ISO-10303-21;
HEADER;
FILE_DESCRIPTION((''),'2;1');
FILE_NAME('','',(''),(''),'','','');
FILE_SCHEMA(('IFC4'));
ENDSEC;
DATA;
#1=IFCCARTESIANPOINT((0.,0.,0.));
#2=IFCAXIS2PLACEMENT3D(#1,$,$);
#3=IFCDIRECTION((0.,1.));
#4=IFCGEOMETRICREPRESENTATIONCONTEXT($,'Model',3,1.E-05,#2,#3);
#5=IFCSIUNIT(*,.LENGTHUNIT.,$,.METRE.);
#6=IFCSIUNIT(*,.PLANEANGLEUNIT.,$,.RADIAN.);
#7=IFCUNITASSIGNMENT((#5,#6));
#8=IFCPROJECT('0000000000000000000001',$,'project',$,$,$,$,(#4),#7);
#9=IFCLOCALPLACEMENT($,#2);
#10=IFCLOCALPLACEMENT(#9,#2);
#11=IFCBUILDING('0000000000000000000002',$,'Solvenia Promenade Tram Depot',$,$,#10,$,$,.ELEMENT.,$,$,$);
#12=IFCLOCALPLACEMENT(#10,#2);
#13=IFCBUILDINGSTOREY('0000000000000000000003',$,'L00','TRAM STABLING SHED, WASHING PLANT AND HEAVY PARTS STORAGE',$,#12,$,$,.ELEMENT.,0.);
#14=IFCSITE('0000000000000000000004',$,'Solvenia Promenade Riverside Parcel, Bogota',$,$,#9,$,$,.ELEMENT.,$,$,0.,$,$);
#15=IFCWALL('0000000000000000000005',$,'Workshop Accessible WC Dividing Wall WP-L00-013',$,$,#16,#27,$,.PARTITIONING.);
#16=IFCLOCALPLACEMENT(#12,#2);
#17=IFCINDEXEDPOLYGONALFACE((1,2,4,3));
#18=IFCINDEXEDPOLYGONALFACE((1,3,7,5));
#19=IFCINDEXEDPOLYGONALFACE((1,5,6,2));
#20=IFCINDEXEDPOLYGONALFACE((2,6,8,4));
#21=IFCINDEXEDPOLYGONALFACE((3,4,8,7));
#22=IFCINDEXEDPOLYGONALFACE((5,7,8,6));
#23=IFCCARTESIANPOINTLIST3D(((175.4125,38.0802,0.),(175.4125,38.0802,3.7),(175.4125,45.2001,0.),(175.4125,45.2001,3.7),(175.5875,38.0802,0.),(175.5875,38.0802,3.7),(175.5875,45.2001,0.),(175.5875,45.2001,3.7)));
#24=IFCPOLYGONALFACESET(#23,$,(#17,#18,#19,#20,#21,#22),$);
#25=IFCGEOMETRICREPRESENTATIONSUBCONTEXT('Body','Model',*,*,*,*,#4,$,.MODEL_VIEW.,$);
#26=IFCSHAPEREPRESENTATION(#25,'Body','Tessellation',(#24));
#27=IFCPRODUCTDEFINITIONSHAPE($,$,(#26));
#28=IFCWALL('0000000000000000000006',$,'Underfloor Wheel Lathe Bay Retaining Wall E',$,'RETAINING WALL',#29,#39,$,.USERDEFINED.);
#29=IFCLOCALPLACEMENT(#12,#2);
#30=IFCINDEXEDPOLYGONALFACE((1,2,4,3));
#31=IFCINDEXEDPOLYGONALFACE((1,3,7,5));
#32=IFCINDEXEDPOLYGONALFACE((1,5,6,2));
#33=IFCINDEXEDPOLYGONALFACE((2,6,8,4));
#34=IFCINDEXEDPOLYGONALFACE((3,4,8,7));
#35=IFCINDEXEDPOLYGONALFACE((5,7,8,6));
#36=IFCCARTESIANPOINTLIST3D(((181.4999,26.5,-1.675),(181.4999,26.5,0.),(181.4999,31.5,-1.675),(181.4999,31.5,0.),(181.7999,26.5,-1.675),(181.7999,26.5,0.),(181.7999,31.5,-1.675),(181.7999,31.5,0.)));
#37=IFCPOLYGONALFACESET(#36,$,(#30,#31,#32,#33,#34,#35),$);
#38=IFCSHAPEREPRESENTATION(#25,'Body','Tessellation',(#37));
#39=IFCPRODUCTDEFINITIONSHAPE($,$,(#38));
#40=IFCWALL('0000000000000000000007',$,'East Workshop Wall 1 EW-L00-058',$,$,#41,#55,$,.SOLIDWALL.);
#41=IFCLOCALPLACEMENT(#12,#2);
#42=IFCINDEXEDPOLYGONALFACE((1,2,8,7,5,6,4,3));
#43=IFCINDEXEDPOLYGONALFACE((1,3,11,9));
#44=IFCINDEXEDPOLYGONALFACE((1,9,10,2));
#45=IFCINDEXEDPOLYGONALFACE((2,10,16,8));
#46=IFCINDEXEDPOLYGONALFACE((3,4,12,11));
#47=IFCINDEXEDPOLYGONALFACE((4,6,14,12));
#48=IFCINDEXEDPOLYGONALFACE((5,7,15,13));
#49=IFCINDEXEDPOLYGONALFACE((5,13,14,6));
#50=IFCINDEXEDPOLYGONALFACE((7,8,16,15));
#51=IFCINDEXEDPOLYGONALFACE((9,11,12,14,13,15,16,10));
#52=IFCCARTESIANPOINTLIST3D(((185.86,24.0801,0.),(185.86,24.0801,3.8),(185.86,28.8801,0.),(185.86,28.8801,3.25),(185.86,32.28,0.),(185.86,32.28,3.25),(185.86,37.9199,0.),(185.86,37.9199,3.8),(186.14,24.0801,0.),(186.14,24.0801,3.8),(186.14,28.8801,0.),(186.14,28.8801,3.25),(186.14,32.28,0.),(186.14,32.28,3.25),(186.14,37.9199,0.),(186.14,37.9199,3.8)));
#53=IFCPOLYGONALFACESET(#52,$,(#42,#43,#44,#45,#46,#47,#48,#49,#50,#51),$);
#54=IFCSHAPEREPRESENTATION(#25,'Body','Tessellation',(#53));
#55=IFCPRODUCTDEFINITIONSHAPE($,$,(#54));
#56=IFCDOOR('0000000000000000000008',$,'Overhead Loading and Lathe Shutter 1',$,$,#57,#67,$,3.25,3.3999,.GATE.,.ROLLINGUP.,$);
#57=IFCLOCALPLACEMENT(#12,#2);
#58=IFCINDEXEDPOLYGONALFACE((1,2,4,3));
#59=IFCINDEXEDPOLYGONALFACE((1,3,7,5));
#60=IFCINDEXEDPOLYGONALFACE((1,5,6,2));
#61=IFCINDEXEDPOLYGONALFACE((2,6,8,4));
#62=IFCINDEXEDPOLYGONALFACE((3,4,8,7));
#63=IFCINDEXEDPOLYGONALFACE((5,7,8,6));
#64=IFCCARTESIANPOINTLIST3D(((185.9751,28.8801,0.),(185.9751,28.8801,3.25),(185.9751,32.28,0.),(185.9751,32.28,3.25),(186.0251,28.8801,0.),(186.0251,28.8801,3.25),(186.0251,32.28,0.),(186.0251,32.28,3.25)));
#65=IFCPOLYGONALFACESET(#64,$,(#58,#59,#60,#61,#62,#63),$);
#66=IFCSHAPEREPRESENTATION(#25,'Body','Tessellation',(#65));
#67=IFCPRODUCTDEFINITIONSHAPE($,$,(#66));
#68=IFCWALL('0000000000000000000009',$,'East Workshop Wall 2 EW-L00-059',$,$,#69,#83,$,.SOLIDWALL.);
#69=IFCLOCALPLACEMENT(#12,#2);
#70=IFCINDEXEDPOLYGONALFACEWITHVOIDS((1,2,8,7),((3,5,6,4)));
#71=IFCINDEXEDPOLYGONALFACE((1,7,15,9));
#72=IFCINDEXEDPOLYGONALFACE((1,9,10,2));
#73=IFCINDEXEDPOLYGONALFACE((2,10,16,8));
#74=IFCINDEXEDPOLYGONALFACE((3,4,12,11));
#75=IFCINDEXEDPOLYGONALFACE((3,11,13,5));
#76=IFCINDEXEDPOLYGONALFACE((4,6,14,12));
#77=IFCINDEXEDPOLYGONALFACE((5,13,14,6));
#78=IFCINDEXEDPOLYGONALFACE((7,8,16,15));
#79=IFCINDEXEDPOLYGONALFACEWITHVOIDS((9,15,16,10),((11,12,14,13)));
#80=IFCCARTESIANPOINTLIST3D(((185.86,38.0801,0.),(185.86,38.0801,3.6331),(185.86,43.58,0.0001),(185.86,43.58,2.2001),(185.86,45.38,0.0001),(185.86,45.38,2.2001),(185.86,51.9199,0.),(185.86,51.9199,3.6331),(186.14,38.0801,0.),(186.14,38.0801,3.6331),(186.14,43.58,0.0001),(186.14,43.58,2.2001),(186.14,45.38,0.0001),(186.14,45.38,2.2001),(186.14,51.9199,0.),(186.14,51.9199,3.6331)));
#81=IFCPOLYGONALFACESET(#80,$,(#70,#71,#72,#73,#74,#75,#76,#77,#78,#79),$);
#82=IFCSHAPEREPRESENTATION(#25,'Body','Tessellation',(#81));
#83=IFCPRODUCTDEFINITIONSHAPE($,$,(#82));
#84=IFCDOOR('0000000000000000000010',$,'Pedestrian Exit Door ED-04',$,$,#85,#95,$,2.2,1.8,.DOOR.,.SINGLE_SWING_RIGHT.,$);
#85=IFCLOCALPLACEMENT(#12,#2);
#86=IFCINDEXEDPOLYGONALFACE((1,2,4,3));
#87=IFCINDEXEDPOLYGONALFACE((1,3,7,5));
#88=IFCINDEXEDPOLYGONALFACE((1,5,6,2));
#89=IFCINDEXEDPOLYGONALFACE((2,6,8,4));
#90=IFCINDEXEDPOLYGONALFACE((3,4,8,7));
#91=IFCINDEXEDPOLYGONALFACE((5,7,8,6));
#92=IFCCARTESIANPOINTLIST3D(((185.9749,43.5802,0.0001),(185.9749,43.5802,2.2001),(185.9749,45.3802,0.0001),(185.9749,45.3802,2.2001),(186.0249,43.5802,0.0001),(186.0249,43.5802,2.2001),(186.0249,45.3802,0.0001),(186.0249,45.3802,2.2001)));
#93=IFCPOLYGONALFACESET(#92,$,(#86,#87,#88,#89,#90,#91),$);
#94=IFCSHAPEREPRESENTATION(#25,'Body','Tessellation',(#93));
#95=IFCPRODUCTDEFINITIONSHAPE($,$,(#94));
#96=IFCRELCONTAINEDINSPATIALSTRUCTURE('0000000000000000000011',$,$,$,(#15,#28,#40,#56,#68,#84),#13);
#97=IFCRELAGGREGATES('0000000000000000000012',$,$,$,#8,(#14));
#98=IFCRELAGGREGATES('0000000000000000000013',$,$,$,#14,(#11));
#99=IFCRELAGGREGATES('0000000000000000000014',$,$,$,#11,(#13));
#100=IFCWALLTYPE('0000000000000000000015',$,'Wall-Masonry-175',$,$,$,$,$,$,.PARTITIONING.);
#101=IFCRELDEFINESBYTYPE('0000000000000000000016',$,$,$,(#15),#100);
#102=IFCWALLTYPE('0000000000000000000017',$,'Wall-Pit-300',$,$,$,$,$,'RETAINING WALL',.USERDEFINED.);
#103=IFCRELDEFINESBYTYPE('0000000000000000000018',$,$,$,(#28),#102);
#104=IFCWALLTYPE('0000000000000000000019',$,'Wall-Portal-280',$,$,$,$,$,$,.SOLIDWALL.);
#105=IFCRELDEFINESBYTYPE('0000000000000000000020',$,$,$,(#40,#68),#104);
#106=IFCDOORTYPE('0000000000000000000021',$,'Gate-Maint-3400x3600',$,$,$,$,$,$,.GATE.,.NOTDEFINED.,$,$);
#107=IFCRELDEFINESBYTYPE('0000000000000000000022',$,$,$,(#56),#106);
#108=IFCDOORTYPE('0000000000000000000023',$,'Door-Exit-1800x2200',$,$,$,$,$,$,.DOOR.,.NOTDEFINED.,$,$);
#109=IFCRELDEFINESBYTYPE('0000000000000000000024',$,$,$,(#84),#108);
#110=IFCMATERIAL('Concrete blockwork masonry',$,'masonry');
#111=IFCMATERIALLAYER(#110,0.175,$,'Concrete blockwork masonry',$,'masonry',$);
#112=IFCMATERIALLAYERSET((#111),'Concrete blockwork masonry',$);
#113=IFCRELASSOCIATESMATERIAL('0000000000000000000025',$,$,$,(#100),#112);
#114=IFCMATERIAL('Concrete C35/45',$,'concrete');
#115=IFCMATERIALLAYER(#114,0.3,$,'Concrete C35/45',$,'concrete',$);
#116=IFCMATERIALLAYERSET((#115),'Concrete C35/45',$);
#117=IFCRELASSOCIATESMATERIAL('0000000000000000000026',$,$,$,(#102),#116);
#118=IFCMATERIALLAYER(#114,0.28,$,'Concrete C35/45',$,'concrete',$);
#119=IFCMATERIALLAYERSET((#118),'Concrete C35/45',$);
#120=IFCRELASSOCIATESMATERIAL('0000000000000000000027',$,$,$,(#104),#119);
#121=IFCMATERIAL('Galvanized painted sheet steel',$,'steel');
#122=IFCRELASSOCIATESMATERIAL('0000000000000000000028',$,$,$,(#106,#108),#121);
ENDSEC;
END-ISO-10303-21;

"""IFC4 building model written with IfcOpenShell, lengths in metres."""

from ifc_helpers import new_model, si_unit, direction, frame, frame_2d, origin, place, context, subcontext, project, spatial, rectangle, extrude, material, layer, layer_set, type_object, element, fill, save


model = new_model("IFC4")

# Units and contexts
model_context = context("Model", 3, precision=1e-05, world=origin(), true_north=direction((0.0, 1.0)))
body_context = subcontext(model_context, "Body", "Model", "MODEL_VIEW")
ifc_project = project(units=[si_unit("LENGTHUNIT", "METRE"), si_unit("PLANEANGLEUNIT", "RADIAN")], contexts=[model_context])

# Site, building, storey
site_placement = place(None, origin())
site = spatial("IfcSite", under=ifc_project, at=site_placement, Name="Solvenia Promenade Riverside Parcel, Bogota", CompositionType="ELEMENT", RefElevation=0.0)
building_placement = place(site_placement, origin())
building = spatial("IfcBuilding", under=site, at=building_placement, Name="Solvenia Promenade Tram Depot", CompositionType="ELEMENT")
storey_placement = place(building_placement, origin())
storey = spatial("IfcBuildingStorey", under=building, at=storey_placement, Name="L00", Description="TRAM STABLING SHED, WASHING PLANT AND HEAVY PARTS STORAGE", CompositionType="ELEMENT", Elevation=0.0)

# Walls
ifc_material_1 = material(Name="Concrete blockwork masonry", Category="masonry")
ifc_layer_1 = layer(ifc_material_1, 0.175, Name="Concrete blockwork masonry", Category="masonry")
ifc_layer_set_1 = layer_set([ifc_layer_1], Name="Concrete blockwork masonry")
wall_type_1 = type_object("IfcWallType", Name="Wall-Masonry-175", PredefinedType="PARTITIONING", material=ifc_layer_set_1)
wall_1_placement = place(storey_placement, frame((175.5, 38.0801, 0.0), z_axis=(0.0, 0.0, 1.0), x_axis=(0.0, 1.0, 0.0)))
element("IfcWall", 1, at=wall_1_placement, inside=storey, type_object=wall_type_1, Name="Workshop Accessible WC Dividing Wall WP-L00-013", PredefinedType="PARTITIONING", context=body_context, shape_type="SweptSolid", body=[
    extrude(rectangle(XDim=7.1199, YDim=0.175, at=frame_2d((3.5601, 0.0))), origin(), (0.0, 0.0, 1.0), 3.7),
])
ifc_material_2 = material(Name="Concrete C35/45", Category="concrete")
ifc_layer_2 = layer(ifc_material_2, 0.3, Name="Concrete C35/45", Category="concrete")
ifc_layer_set_2 = layer_set([ifc_layer_2], Name="Concrete C35/45")
wall_type_2 = type_object("IfcWallType", Name="Wall-Pit-300", ElementType="RETAINING WALL", PredefinedType="USERDEFINED", material=ifc_layer_set_2)
wall_2_placement = place(storey_placement, frame((181.6499, 26.5, -1.675), z_axis=(0.0, 0.0, 1.0), x_axis=(0.0, 1.0, 0.0)))
element("IfcWall", 2, at=wall_2_placement, inside=storey, type_object=wall_type_2, Name="Underfloor Wheel Lathe Bay Retaining Wall E", ObjectType="RETAINING WALL", PredefinedType="USERDEFINED", context=body_context, shape_type="SweptSolid", body=[
    extrude(rectangle(XDim=5.0, YDim=0.3, at=frame_2d((2.5, 0.0))), origin(), (0.0, 0.0, 1.0), 1.675),
])

# Walls, openings, doors
ifc_layer_3 = layer(ifc_material_2, 0.28, Name="Concrete C35/45", Category="concrete")
ifc_layer_set_3 = layer_set([ifc_layer_3], Name="Concrete C35/45")
wall_type_3 = type_object("IfcWallType", Name="Wall-Portal-280", PredefinedType="SOLIDWALL", material=ifc_layer_set_3)
wall_3_placement = place(storey_placement, frame((186.0, 24.0801, 0.0), z_axis=(0.0, 0.0, 1.0), x_axis=(0.0, 1.0, 0.0)))
wall_3 = element("IfcWall", 3, at=wall_3_placement, inside=storey, type_object=wall_type_3, Name="East Workshop Wall 1 EW-L00-058", PredefinedType="SOLIDWALL", context=body_context, shape_type="SweptSolid", body=[
    extrude(rectangle(XDim=13.8398, YDim=0.28, at=frame_2d((6.9199, 0.0))), origin(), (0.0, 0.0, 1.0), 3.8),
])
opening_1_placement = place(wall_3_placement, frame((4.8, 0.0, 0.0)))
opening_1 = element("IfcOpeningElement", 4, at=opening_1_placement, cuts=wall_3, PredefinedType="OPENING", context=body_context, shape_type="SweptSolid", body=[
    extrude(rectangle(XDim=3.3999, YDim=3.25, at=frame_2d((1.7, 1.625))), frame((0.0, 0.1499, 0.0), z_axis=(0.0, -1.0, 0.0), x_axis=(1.0, 0.0, 0.0)), (0.0, 0.0, 1.0), 0.3),
])
ifc_material_3 = material(Name="Galvanized painted sheet steel", Category="steel")
door_type_1 = type_object("IfcDoorType", Name="Gate-Maint-3400x3600", OperationType="NOTDEFINED", PredefinedType="GATE", material=ifc_material_3)
door_1_placement = place(opening_1_placement, origin())
door_1 = element("IfcDoor", 5, at=door_1_placement, inside=storey, type_object=door_type_1, Name="Overhead Loading and Lathe Shutter 1", OperationType="ROLLINGUP", OverallHeight=3.25, OverallWidth=3.3999, PredefinedType="GATE", context=body_context, shape_type="SweptSolid", body=[
    extrude(rectangle(XDim=3.3999, YDim=3.25, at=frame_2d((1.7, 1.625))), frame((0.0, 0.0249, 0.0), z_axis=(0.0, -1.0, 0.0), x_axis=(1.0, 0.0, 0.0)), (0.0, 0.0, 1.0), 0.05),
])
fill(opening_1, door_1)
wall_4_placement = place(storey_placement, frame((186.0, 38.0801, 0.0), z_axis=(0.0, 0.0, 1.0), x_axis=(0.0, 1.0, 0.0)))
wall_4 = element("IfcWall", 6, at=wall_4_placement, inside=storey, type_object=wall_type_3, Name="East Workshop Wall 2 EW-L00-059", PredefinedType="SOLIDWALL", context=body_context, shape_type="SweptSolid", body=[
    extrude(rectangle(XDim=13.8398, YDim=0.28, at=frame_2d((6.9199, 0.0))), origin(), (0.0, 0.0, 1.0), 3.6331),
])
opening_2_placement = place(wall_4_placement, frame((5.5, 0.0, 0.0)))
opening_2 = element("IfcOpeningElement", 7, at=opening_2_placement, cuts=wall_4, PredefinedType="OPENING", context=body_context, shape_type="SweptSolid", body=[
    extrude(rectangle(XDim=1.8, YDim=2.2, at=frame_2d((0.8999, 1.1001))), frame((0.0, 0.1499, 0.0), z_axis=(0.0, -1.0, 0.0), x_axis=(1.0, 0.0, 0.0)), (0.0, 0.0, 1.0), 0.3),
])
door_type_2 = type_object("IfcDoorType", Name="Door-Exit-1800x2200", OperationType="NOTDEFINED", PredefinedType="DOOR", material=ifc_material_3)
door_2_placement = place(opening_2_placement, frame((1.8, 0.0, 0.0), z_axis=(0.0, 0.0, 1.0), x_axis=(-1.0, 0.0, 0.0)))
door_2 = element("IfcDoor", 8, at=door_2_placement, inside=storey, type_object=door_type_2, Name="Pedestrian Exit Door ED-04", OperationType="SINGLE_SWING_RIGHT", OverallHeight=2.2, OverallWidth=1.8, PredefinedType="DOOR", context=body_context, shape_type="SweptSolid", body=[
    extrude(rectangle(XDim=1.8, YDim=2.2, at=frame_2d((0.8999, 1.1001))), frame((0.0, 0.0249, 0.0), z_axis=(0.0, -1.0, 0.0), x_axis=(1.0, 0.0, 0.0)), (0.0, 0.0, 1.0), 0.05),
])
fill(opening_2, door_2)

save(model, "model.ifc")
